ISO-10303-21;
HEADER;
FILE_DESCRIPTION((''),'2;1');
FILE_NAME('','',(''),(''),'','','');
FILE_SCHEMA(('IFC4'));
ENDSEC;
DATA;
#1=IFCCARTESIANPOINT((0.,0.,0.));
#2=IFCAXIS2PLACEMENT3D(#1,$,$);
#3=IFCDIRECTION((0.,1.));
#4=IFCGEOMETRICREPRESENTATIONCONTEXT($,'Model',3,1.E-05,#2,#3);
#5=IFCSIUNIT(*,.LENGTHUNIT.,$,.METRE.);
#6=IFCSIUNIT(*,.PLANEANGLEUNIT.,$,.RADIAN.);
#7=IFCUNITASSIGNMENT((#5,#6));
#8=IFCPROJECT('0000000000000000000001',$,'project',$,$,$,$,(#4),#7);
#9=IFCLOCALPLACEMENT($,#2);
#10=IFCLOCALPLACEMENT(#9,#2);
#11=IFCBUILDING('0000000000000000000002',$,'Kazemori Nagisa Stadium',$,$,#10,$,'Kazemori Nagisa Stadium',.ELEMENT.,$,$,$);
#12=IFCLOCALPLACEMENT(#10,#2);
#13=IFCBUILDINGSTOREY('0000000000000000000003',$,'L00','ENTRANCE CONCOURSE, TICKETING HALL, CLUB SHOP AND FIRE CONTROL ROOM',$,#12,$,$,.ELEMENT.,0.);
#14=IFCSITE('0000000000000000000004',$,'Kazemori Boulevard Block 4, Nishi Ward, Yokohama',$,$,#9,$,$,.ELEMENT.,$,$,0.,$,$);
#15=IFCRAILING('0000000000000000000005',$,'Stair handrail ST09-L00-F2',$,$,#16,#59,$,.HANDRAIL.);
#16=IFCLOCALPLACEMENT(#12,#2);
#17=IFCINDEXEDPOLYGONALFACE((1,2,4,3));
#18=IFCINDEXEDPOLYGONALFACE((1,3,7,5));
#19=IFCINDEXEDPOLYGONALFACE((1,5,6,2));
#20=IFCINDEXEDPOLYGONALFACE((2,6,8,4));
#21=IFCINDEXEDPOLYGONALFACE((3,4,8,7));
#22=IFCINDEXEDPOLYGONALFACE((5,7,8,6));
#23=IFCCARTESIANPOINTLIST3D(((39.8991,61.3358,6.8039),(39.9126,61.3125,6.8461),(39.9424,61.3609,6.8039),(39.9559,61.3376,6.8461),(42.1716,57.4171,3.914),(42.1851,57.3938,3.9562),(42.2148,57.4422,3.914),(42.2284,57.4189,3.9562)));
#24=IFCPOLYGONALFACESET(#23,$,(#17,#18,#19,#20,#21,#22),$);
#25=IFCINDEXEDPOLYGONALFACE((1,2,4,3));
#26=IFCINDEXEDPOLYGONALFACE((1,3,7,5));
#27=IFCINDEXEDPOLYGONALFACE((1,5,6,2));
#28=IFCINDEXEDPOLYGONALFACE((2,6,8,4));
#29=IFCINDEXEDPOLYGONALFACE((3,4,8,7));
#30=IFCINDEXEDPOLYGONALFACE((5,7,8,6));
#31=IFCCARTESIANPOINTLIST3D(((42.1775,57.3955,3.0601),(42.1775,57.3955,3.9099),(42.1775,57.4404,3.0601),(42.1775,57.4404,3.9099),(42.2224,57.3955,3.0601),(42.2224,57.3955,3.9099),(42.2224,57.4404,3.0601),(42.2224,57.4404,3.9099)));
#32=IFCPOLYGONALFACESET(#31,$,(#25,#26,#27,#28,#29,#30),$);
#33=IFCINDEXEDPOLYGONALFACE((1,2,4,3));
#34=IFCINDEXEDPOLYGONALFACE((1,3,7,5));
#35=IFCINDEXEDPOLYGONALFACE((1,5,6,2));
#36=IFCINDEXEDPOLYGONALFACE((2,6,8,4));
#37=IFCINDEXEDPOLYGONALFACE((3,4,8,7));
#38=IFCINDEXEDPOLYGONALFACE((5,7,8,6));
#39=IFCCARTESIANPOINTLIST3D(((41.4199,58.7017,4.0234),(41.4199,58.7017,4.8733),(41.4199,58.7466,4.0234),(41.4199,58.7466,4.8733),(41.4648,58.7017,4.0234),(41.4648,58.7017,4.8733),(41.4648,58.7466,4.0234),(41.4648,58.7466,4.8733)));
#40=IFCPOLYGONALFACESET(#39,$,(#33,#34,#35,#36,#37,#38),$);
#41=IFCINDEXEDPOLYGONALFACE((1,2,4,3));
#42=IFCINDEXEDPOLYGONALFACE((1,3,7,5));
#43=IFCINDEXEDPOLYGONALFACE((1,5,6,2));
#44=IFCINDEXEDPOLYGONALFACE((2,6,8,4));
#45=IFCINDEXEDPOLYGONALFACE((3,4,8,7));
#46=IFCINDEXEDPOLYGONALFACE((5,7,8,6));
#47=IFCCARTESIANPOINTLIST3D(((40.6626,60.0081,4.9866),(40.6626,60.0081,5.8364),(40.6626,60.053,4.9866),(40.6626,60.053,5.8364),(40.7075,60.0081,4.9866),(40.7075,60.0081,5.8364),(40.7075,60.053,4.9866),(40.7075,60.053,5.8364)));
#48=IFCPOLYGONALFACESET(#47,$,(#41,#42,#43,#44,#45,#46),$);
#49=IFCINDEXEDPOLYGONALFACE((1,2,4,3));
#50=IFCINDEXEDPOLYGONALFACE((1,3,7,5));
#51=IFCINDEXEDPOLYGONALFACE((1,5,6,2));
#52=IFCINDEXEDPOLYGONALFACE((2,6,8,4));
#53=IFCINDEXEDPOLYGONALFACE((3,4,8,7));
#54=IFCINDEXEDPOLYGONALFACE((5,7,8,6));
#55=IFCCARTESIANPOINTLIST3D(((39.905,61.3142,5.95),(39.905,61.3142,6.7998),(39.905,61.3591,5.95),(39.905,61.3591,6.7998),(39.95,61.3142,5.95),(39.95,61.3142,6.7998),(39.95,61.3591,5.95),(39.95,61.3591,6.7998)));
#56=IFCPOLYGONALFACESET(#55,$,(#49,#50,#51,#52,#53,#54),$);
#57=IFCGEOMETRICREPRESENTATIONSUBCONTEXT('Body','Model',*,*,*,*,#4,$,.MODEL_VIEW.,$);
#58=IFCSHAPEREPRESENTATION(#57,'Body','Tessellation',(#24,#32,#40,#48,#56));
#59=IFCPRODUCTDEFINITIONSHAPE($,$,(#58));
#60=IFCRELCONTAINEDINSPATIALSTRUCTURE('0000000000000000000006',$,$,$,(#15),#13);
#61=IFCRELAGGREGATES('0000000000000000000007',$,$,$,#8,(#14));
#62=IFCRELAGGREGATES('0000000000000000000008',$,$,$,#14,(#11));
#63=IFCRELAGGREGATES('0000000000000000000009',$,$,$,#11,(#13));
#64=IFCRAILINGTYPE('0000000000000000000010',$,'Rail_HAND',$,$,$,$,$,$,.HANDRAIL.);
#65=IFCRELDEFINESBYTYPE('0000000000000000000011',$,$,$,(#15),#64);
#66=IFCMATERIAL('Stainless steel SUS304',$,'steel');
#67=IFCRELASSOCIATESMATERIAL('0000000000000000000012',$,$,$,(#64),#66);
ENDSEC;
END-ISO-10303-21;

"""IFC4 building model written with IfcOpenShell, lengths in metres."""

from ifc_helpers import new_model, si_unit, direction, frame, origin, origin_2d, place, context, subcontext, project, spatial, rectangle, extrude, material, type_object, element, save


model = new_model("IFC4")

# Units and contexts
model_context = context("Model", 3, precision=1e-05, world=origin(), true_north=direction((0.0, 1.0)))
body_context = subcontext(model_context, "Body", "Model", "MODEL_VIEW")
ifc_project = project(units=[si_unit("LENGTHUNIT", "METRE"), si_unit("PLANEANGLEUNIT", "RADIAN")], contexts=[model_context])

# Site, building, storey
site_placement = place(None, origin())
site = spatial("IfcSite", under=ifc_project, at=site_placement, Name="Kazemori Boulevard Block 4, Nishi Ward, Yokohama", CompositionType="ELEMENT", RefElevation=0.0)
building_placement = place(site_placement, origin())
building = spatial("IfcBuilding", under=site, at=building_placement, Name="Kazemori Nagisa Stadium", LongName="Kazemori Nagisa Stadium", CompositionType="ELEMENT")
storey_placement = place(building_placement, origin())
storey = spatial("IfcBuildingStorey", under=building, at=storey_placement, Name="L00", Description="ENTRANCE CONCOURSE, TICKETING HALL, CLUB SHOP AND FIRE CONTROL ROOM", CompositionType="ELEMENT", Elevation=0.0)

# Railing
ifc_material_1 = material(Name="Stainless steel SUS304", Category="steel")
railing_type_1 = type_object("IfcRailingType", Name="Rail_HAND", PredefinedType="HANDRAIL", material=ifc_material_1)
railing_1_placement = place(storey_placement, frame((42.2, 57.418, 3.0601)))
element("IfcRailing", 1, at=railing_1_placement, inside=storey, type_object=railing_type_1, Name="Stair handrail ST09-L00-F2", PredefinedType="HANDRAIL", context=body_context, shape_type="SweptSolid", body=[
    extrude(rectangle(XDim=0.05, YDim=0.05, at=origin_2d()), frame((0.0, 0.0, 0.875), z_axis=(-0.422921, 0.729299, 0.53783), x_axis=(-0.865068, -0.501654, 0.0)), (0.0, 0.0, 1.0), 5.3733),
    extrude(rectangle(XDim=0.0449, YDim=0.0449, at=origin_2d()), origin(), (0.0, 0.0, 1.0), 0.8499),
    extrude(rectangle(XDim=0.0449, YDim=0.0449, at=origin_2d()), frame((-0.7576, 1.3062, 0.9634)), (0.0, 0.0, 1.0), 0.8499),
    extrude(rectangle(XDim=0.0449, YDim=0.0449, at=origin_2d()), frame((-1.5149, 2.6125, 1.9265)), (0.0, 0.0, 1.0), 0.8499),
    extrude(rectangle(XDim=0.0449, YDim=0.0449, at=origin_2d()), frame((-2.2725, 3.9187, 2.8899)), (0.0, 0.0, 1.0), 0.8499),
])

save(model, "model.ifc")
